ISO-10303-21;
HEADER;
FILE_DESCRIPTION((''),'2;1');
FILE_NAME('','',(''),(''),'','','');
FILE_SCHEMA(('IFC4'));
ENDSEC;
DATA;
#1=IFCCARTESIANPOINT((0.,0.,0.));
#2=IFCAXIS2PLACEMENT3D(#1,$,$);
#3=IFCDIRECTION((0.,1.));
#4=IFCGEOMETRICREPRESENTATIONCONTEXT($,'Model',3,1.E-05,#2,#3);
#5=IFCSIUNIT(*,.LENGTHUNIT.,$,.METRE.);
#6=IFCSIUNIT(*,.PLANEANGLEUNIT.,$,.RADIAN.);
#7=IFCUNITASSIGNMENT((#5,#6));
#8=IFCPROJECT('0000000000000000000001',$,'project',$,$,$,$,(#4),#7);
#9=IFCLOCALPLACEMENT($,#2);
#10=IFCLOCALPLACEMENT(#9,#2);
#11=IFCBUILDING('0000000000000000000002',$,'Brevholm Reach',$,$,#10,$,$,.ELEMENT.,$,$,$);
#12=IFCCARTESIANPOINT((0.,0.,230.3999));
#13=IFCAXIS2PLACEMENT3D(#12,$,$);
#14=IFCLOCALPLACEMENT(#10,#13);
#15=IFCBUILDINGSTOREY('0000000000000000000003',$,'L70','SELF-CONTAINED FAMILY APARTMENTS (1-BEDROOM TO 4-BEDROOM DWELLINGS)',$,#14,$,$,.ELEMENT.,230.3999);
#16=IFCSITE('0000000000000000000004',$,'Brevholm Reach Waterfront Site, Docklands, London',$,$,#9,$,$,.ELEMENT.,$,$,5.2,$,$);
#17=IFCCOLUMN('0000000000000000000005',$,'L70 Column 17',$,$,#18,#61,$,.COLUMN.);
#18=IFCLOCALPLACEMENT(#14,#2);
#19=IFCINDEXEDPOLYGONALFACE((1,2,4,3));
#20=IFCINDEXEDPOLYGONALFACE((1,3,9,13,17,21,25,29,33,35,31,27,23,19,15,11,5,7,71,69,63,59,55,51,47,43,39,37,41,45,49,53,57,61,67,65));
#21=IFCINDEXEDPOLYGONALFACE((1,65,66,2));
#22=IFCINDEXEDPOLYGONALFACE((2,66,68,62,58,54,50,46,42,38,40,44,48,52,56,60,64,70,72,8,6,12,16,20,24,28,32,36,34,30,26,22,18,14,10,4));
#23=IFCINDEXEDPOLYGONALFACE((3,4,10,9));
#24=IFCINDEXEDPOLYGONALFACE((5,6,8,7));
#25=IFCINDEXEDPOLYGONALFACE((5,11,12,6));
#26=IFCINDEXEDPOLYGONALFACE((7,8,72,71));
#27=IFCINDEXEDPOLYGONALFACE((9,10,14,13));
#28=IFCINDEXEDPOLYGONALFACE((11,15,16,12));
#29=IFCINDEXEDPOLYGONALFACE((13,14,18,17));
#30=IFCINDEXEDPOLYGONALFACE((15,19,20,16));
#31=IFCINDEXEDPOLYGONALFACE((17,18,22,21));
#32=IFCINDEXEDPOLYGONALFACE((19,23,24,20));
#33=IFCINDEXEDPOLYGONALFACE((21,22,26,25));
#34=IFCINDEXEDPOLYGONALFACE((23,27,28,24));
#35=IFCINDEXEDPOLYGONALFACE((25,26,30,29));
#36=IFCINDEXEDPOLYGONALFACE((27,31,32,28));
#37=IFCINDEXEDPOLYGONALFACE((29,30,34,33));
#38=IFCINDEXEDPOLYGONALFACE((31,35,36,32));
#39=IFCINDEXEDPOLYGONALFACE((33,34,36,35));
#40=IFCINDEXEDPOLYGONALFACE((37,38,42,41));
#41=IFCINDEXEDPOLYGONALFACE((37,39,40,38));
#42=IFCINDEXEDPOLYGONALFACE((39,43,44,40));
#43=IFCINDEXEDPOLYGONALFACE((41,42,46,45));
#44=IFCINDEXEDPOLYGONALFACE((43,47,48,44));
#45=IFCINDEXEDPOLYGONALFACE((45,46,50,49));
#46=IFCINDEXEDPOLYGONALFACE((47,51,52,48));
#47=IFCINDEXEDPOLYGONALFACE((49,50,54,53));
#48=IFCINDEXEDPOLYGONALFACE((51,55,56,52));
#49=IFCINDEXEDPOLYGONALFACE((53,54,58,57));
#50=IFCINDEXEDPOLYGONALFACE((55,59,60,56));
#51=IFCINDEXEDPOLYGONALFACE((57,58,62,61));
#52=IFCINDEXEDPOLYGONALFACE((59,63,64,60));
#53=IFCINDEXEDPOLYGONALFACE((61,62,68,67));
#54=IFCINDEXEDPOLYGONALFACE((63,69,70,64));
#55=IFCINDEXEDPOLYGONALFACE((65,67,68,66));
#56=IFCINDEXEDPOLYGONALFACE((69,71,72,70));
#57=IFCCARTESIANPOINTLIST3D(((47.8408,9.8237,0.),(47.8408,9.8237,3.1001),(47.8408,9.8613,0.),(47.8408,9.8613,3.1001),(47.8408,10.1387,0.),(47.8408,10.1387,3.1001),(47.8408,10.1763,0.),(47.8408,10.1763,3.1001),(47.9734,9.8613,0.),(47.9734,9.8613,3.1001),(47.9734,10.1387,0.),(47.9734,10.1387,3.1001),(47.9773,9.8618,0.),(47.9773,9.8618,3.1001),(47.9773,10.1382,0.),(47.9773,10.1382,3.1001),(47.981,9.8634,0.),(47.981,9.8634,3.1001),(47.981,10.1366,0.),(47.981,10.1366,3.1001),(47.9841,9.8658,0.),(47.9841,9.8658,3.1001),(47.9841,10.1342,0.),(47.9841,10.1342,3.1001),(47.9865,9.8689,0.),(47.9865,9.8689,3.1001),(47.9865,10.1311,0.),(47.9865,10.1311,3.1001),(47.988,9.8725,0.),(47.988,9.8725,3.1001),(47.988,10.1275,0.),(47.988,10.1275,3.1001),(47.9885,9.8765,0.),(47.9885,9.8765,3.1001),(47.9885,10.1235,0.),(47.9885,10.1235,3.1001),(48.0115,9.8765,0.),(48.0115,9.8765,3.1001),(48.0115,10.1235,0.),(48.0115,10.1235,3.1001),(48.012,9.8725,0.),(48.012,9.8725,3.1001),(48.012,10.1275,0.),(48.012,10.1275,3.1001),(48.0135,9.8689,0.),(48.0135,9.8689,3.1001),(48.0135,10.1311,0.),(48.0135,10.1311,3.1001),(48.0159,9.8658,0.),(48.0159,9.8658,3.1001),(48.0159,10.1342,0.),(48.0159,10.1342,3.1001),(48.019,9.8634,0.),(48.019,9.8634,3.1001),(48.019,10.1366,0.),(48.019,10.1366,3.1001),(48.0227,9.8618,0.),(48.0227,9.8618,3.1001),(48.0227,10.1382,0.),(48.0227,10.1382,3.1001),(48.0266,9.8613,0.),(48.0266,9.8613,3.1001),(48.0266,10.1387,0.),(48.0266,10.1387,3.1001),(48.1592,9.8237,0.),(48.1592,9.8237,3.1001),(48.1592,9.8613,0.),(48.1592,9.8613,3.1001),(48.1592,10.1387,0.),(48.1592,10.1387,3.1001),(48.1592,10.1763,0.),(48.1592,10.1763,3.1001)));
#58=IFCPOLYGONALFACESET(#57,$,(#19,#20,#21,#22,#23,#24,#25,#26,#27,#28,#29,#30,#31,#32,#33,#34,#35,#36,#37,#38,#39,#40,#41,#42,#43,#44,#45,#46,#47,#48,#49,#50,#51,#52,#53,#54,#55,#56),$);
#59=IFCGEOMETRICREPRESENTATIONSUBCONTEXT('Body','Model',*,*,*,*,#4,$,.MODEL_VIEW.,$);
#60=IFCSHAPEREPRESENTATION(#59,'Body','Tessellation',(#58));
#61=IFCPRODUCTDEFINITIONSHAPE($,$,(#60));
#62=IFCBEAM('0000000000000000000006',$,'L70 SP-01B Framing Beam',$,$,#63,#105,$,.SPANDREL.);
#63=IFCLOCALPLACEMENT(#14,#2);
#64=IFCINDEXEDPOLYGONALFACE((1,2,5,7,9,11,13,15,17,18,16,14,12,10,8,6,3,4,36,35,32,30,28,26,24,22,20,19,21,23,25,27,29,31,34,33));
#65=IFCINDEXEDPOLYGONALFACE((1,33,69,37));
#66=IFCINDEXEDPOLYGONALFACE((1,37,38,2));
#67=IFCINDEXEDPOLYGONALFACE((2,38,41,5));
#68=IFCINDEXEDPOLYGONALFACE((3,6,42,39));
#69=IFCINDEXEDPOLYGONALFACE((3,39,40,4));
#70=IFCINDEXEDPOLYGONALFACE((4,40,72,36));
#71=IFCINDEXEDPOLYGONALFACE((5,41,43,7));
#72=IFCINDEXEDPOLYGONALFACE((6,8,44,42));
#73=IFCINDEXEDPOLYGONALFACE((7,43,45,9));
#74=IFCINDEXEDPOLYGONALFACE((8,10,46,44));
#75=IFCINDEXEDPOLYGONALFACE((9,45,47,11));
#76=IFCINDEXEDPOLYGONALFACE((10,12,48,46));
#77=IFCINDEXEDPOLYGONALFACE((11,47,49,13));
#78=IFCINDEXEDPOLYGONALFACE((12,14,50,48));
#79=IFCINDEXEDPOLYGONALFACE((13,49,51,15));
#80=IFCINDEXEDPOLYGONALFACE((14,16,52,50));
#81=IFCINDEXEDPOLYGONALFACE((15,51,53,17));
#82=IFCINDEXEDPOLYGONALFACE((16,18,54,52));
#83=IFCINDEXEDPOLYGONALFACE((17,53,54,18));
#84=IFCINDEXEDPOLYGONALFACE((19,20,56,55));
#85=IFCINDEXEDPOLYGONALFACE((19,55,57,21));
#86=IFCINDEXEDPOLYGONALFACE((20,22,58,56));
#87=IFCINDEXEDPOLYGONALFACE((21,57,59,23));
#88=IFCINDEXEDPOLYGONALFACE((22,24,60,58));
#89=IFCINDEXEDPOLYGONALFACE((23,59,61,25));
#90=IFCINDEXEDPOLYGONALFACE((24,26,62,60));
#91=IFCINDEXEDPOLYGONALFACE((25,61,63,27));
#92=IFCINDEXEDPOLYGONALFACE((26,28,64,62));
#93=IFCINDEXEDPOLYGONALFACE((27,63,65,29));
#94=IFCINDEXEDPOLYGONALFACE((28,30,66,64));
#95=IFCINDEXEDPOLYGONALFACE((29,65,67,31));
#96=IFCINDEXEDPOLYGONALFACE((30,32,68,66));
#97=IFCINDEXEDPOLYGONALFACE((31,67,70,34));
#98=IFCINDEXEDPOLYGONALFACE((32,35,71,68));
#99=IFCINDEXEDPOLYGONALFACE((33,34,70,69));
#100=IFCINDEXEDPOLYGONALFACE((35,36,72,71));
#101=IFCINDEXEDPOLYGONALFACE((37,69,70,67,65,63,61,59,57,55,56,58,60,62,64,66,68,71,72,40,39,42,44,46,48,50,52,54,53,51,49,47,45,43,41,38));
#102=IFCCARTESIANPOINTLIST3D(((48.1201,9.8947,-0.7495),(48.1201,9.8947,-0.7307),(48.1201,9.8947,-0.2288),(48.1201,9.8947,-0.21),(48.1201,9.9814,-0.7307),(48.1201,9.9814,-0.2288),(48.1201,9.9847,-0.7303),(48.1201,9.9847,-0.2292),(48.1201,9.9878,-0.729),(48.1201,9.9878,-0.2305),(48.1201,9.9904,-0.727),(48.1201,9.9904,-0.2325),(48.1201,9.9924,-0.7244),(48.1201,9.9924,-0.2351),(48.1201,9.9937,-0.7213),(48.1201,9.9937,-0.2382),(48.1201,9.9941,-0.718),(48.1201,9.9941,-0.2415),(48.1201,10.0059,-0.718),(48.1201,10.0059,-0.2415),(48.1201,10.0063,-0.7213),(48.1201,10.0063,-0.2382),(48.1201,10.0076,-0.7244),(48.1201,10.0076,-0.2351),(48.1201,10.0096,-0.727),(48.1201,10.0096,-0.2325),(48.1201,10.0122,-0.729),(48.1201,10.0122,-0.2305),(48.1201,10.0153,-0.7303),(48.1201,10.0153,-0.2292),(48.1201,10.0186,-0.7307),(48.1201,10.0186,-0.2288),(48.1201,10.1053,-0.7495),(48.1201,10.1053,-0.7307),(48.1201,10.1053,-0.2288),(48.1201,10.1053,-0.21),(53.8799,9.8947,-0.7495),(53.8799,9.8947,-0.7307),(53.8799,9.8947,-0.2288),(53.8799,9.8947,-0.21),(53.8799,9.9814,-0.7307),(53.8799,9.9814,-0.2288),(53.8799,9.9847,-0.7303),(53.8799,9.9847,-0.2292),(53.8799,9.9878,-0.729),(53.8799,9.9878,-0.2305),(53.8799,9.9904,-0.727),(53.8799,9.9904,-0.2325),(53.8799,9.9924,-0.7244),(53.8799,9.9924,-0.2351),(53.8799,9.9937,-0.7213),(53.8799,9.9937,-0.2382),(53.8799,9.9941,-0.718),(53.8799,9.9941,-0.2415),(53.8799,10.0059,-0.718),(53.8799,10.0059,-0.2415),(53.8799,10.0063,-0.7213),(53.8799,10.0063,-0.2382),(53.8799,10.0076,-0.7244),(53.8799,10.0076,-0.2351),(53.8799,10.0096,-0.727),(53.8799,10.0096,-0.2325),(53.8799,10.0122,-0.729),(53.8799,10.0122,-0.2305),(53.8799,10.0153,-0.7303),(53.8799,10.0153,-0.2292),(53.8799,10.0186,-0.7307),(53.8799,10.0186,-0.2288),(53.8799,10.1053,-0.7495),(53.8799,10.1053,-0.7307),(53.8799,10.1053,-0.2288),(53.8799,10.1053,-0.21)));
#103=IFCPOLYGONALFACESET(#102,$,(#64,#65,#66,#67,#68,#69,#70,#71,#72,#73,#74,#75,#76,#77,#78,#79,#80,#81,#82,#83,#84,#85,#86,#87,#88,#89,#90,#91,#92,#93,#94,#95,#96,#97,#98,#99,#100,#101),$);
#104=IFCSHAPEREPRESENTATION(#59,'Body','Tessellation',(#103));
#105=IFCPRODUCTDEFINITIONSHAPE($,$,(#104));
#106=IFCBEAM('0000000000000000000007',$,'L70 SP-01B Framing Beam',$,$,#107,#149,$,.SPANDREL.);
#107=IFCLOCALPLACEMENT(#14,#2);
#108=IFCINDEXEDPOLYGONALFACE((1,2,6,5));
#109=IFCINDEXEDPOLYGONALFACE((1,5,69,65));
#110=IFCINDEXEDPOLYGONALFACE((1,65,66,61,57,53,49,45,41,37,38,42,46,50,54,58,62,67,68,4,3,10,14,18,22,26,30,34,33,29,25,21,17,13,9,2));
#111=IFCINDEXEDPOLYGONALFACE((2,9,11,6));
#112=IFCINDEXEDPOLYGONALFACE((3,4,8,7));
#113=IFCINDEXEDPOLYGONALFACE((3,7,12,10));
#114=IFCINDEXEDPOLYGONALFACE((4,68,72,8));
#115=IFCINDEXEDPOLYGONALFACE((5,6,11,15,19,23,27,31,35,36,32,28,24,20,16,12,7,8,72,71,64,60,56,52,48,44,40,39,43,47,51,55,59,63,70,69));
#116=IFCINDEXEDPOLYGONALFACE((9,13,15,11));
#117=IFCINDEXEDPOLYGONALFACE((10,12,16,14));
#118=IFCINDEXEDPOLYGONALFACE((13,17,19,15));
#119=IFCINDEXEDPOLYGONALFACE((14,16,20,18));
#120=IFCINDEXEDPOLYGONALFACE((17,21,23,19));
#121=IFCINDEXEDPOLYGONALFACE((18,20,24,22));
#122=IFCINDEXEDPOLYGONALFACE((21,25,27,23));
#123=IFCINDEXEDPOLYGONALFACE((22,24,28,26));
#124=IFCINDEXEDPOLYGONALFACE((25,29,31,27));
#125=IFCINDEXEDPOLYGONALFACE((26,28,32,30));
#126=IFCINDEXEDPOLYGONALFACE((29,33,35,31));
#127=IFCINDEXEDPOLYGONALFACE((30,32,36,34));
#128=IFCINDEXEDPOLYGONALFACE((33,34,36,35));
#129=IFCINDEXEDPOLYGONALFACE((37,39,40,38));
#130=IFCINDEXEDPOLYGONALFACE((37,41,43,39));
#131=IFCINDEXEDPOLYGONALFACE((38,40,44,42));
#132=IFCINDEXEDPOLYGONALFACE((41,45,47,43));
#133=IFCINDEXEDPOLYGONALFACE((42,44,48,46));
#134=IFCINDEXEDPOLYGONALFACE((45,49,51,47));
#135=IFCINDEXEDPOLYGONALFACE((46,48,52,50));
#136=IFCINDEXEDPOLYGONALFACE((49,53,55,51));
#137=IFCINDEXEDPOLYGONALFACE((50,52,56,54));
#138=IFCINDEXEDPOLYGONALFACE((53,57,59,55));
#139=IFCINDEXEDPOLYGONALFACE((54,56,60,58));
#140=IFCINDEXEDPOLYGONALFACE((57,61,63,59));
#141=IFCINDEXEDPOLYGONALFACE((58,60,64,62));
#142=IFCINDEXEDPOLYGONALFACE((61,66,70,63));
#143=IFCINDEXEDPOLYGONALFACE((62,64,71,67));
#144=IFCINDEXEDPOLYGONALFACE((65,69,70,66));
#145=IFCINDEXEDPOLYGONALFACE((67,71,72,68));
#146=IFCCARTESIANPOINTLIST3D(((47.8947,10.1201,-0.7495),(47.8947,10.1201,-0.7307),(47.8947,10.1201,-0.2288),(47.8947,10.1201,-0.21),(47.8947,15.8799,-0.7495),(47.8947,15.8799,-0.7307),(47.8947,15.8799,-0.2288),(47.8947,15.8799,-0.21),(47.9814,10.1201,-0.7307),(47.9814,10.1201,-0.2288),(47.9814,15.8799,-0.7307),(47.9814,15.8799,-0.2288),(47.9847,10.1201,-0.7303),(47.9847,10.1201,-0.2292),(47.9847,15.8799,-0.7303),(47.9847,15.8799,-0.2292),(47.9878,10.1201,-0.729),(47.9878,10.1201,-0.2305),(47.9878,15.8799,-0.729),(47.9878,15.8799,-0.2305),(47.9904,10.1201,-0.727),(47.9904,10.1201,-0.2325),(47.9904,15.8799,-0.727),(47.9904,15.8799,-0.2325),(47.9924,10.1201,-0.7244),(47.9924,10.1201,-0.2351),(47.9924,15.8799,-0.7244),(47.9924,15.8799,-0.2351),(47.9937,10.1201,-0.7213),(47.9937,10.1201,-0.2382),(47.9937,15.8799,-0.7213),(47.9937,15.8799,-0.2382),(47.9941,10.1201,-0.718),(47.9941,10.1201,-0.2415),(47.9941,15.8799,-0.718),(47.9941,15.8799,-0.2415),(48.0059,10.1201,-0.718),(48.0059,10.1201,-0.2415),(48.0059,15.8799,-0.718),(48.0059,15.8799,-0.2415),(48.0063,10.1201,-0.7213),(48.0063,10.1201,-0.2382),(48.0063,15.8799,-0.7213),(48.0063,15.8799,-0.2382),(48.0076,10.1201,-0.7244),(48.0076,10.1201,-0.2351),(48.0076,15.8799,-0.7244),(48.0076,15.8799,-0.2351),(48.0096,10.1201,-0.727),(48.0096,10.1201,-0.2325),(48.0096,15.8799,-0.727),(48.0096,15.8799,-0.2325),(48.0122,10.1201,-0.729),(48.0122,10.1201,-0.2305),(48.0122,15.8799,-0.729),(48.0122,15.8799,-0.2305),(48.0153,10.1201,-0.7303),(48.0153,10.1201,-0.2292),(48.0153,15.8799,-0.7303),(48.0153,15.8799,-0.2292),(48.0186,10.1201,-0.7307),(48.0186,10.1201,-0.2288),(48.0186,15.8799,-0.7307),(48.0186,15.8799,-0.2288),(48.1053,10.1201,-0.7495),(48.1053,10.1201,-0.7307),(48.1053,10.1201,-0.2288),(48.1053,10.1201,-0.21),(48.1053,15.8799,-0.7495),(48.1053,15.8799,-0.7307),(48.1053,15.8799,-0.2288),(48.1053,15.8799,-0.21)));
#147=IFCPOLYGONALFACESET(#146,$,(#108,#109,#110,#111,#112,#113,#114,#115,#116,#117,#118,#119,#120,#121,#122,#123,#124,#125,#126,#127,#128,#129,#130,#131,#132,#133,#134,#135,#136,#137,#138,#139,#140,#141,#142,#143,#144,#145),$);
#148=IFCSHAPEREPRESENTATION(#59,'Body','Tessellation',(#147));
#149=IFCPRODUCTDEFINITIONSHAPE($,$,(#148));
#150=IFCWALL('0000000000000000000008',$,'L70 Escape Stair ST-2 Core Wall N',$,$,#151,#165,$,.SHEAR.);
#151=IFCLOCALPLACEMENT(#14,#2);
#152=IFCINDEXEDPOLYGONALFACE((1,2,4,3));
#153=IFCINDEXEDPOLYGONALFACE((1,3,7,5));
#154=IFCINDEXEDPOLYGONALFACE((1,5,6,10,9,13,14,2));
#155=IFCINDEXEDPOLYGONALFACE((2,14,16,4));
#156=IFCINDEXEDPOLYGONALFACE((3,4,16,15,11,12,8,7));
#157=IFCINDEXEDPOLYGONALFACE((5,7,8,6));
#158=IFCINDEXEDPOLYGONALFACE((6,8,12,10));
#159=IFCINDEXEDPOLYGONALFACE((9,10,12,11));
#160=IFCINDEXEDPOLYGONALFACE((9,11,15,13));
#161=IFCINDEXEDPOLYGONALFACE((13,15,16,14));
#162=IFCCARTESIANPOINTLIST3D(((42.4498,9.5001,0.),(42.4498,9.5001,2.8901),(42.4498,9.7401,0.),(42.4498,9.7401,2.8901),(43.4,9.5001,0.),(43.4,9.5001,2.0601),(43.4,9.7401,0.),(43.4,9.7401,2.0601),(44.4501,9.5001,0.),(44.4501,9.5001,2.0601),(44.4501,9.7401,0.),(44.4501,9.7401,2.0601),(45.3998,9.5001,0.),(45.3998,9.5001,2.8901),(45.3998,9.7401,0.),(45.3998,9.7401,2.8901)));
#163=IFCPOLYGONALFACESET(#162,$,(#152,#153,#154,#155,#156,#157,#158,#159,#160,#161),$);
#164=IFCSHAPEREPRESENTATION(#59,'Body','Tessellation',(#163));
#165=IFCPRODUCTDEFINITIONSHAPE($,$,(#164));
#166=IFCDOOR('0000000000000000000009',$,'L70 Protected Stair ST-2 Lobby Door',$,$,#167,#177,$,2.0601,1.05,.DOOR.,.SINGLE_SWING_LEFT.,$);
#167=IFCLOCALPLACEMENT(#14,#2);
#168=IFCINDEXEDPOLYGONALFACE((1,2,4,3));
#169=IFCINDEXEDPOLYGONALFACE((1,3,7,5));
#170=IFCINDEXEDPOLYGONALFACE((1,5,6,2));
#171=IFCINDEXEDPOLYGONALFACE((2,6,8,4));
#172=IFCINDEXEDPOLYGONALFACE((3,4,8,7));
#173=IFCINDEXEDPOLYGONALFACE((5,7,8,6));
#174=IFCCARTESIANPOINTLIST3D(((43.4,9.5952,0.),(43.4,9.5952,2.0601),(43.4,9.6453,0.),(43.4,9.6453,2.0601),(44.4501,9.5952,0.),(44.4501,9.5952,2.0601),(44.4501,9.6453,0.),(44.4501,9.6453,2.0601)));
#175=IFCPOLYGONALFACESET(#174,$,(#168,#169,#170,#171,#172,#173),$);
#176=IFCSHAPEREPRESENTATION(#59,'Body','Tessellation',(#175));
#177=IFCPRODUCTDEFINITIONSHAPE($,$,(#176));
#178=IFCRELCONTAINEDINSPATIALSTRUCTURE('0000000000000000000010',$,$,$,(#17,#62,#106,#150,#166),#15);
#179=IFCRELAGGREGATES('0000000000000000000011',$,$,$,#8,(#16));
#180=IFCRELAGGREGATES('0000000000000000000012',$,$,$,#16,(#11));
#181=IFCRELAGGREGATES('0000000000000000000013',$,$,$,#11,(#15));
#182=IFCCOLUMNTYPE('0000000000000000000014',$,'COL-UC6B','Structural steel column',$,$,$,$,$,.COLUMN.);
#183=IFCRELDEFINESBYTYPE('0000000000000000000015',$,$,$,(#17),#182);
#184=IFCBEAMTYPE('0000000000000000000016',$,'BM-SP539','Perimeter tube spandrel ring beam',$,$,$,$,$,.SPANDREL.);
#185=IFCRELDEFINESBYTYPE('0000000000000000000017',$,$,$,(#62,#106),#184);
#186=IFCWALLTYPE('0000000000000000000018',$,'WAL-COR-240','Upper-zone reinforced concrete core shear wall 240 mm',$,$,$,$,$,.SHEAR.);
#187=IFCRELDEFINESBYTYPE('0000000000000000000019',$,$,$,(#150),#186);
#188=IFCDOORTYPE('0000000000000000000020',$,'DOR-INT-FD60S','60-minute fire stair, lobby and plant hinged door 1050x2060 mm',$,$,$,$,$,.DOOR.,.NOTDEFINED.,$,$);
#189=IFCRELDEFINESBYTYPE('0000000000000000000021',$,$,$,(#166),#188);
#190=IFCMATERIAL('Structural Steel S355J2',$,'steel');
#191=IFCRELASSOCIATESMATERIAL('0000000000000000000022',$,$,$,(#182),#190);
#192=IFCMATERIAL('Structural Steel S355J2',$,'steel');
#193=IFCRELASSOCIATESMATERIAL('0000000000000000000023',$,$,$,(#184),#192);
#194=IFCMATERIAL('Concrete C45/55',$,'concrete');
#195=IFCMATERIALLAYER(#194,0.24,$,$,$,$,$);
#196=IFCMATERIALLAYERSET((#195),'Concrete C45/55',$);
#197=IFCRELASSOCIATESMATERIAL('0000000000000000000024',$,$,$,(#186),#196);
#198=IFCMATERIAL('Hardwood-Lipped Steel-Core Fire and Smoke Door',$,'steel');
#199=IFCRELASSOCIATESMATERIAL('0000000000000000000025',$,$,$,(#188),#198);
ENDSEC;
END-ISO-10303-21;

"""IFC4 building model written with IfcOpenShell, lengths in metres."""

from ifc_helpers import new_model, si_unit, direction, frame, frame_2d, origin, origin_2d, place, context, subcontext, project, spatial, rectangle, i_section, extrude, material, layer, layer_set, material_profile, profile_set, type_object, element, fill, save


model = new_model("IFC4")

# Units and contexts
model_context = context("Model", 3, precision=1e-05, world=origin(), true_north=direction((0.0, 1.0)))
body_context = subcontext(model_context, "Body", "Model", "MODEL_VIEW")
ifc_project = project(units=[si_unit("LENGTHUNIT", "METRE"), si_unit("PLANEANGLEUNIT", "RADIAN")], contexts=[model_context])

# Site, building, storey
site_placement = place(None, origin())
site = spatial("IfcSite", under=ifc_project, at=site_placement, Name="Brevholm Reach Waterfront Site, Docklands, London", CompositionType="ELEMENT", RefElevation=5.2)
building_placement = place(site_placement, origin())
building = spatial("IfcBuilding", under=site, at=building_placement, Name="Brevholm Reach", CompositionType="ELEMENT")
storey_placement = place(building_placement, frame((0.0, 0.0, 230.3999)))
storey = spatial("IfcBuildingStorey", under=building, at=storey_placement, Name="L70", Description="SELF-CONTAINED FAMILY APARTMENTS (1-BEDROOM TO 4-BEDROOM DWELLINGS)", CompositionType="ELEMENT", Elevation=230.3999)

# Column
ifc_material_1 = material(Name="Structural Steel S355J2", Category="steel")
ifc_material_profile_1 = material_profile(ifc_material_1, i_section(OverallWidth=0.3184, OverallDepth=0.3525, WebThickness=0.0229, FlangeThickness=0.0376, FilletRadius=0.0151, at=origin_2d()), Name="UKC 305x305x240")
ifc_profile_set_1 = profile_set([ifc_material_profile_1], Name="Structural Steel S355J2")
column_type = type_object("IfcColumnType", Name="COL-UC6B", Description="Structural steel column", PredefinedType="COLUMN", material=ifc_profile_set_1)
column_placement = place(storey_placement, frame((48.0, 10.0, 0.0), z_axis=(0.0, 0.0, 1.0), x_axis=(1.0, 0.0, 0.0)))
element("IfcColumn", 1, at=column_placement, inside=storey, type_object=column_type, Name="L70 Column 17", PredefinedType="COLUMN", context=body_context, shape_type="SweptSolid", body=[
    extrude(i_section(OverallWidth=0.3184, OverallDepth=0.3525, WebThickness=0.0229, FlangeThickness=0.0376, FilletRadius=0.0151, at=origin_2d()), origin(), (0.0, 0.0, 1.0), 3.1001),
])

# Beams
ifc_material_2 = material(Name="Structural Steel S355J2", Category="steel")
ifc_material_profile_2 = material_profile(ifc_material_2, i_section(OverallWidth=0.2107, OverallDepth=0.5396, WebThickness=0.0117, FlangeThickness=0.0188, FilletRadius=0.0127, at=origin_2d()), Name="UKB 533x210x109")
ifc_profile_set_2 = profile_set([ifc_material_profile_2], Name="Structural Steel S355J2")
beam_type = type_object("IfcBeamType", Name="BM-SP539", Description="Perimeter tube spandrel ring beam", PredefinedType="SPANDREL", material=ifc_profile_set_2)
for number, where, z_axis, x_axis, name in (
    (2, (48.1201, 10.0, -0.4797), (1.0, 0.0, 0.0), (0.0, 1.0, 0.0), "L70 SP-01B Framing Beam"),
    (3, (48.0, 10.1201, -0.4797), (0.0, 1.0, 0.0), (-1.0, 0.0, 0.0), "L70 SP-01B Framing Beam"),
):
    element("IfcBeam", number, at=place(storey_placement, frame(where, z_axis=z_axis, x_axis=x_axis)), inside=storey, type_object=beam_type, Name=name, PredefinedType="SPANDREL", context=body_context, shape_type="SweptSolid", body=[
        extrude(i_section(OverallWidth=0.2107, OverallDepth=0.5396, WebThickness=0.0117, FlangeThickness=0.0188, FilletRadius=0.0127, at=origin_2d()), origin(), (0.0, 0.0, 1.0), 5.7598),
    ])

# Wall, opening, door
ifc_material_3 = material(Name="Concrete C45/55", Category="concrete")
ifc_layer_1 = layer(ifc_material_3, 0.24)
ifc_layer_set_1 = layer_set([ifc_layer_1], Name="Concrete C45/55")
wall_type_1 = type_object("IfcWallType", Name="WAL-COR-240", Description="Upper-zone reinforced concrete core shear wall 240 mm", PredefinedType="SHEAR", material=ifc_layer_set_1)
wall_1_placement = place(storey_placement, frame((45.3999, 9.6201, 0.0), z_axis=(0.0, 0.0, 1.0), x_axis=(-1.0, 0.0, 0.0)))
wall_1 = element("IfcWall", 4, at=wall_1_placement, inside=storey, type_object=wall_type_1, Name="L70 Escape Stair ST-2 Core Wall N", PredefinedType="SHEAR", context=body_context, shape_type="SweptSolid", body=[
    extrude(rectangle(XDim=2.95, YDim=0.24, at=frame_2d((1.4751, 0.0))), origin(), (0.0, 0.0, 1.0), 2.8901),
])
opening_1_placement = place(wall_1_placement, frame((0.95, 0.0, 0.0)))
opening_1 = element("IfcOpeningElement", 5, at=opening_1_placement, cuts=wall_1, PredefinedType="OPENING", context=body_context, shape_type="SweptSolid", body=[
    extrude(rectangle(XDim=1.05, YDim=2.0601, at=frame_2d((0.5249, 1.03))), frame((0.0, 0.1299, 0.0), z_axis=(0.0, -1.0, 0.0), x_axis=(1.0, 0.0, 0.0)), (0.0, 0.0, 1.0), 0.26),
])
ifc_material_4 = material(Name="Hardwood-Lipped Steel-Core Fire and Smoke Door", Category="steel")
door_type_1 = type_object("IfcDoorType", Name="DOR-INT-FD60S", Description="60-minute fire stair, lobby and plant hinged door 1050x2060 mm", OperationType="NOTDEFINED", PredefinedType="DOOR", material=ifc_material_4)
door_1_placement = place(opening_1_placement, origin())
door_1 = element("IfcDoor", 6, at=door_1_placement, inside=storey, type_object=door_type_1, Name="L70 Protected Stair ST-2 Lobby Door", OperationType="SINGLE_SWING_LEFT", OverallHeight=2.0601, OverallWidth=1.05, PredefinedType="DOOR", context=body_context, shape_type="SweptSolid", body=[
    extrude(rectangle(XDim=1.05, YDim=2.0601, at=frame_2d((0.5249, 1.03))), frame((0.0, 0.0249, 0.0), z_axis=(0.0, -1.0, 0.0), x_axis=(1.0, 0.0, 0.0)), (0.0, 0.0, 1.0), 0.05),
])
fill(opening_1, door_1)

save(model, "model.ifc")
